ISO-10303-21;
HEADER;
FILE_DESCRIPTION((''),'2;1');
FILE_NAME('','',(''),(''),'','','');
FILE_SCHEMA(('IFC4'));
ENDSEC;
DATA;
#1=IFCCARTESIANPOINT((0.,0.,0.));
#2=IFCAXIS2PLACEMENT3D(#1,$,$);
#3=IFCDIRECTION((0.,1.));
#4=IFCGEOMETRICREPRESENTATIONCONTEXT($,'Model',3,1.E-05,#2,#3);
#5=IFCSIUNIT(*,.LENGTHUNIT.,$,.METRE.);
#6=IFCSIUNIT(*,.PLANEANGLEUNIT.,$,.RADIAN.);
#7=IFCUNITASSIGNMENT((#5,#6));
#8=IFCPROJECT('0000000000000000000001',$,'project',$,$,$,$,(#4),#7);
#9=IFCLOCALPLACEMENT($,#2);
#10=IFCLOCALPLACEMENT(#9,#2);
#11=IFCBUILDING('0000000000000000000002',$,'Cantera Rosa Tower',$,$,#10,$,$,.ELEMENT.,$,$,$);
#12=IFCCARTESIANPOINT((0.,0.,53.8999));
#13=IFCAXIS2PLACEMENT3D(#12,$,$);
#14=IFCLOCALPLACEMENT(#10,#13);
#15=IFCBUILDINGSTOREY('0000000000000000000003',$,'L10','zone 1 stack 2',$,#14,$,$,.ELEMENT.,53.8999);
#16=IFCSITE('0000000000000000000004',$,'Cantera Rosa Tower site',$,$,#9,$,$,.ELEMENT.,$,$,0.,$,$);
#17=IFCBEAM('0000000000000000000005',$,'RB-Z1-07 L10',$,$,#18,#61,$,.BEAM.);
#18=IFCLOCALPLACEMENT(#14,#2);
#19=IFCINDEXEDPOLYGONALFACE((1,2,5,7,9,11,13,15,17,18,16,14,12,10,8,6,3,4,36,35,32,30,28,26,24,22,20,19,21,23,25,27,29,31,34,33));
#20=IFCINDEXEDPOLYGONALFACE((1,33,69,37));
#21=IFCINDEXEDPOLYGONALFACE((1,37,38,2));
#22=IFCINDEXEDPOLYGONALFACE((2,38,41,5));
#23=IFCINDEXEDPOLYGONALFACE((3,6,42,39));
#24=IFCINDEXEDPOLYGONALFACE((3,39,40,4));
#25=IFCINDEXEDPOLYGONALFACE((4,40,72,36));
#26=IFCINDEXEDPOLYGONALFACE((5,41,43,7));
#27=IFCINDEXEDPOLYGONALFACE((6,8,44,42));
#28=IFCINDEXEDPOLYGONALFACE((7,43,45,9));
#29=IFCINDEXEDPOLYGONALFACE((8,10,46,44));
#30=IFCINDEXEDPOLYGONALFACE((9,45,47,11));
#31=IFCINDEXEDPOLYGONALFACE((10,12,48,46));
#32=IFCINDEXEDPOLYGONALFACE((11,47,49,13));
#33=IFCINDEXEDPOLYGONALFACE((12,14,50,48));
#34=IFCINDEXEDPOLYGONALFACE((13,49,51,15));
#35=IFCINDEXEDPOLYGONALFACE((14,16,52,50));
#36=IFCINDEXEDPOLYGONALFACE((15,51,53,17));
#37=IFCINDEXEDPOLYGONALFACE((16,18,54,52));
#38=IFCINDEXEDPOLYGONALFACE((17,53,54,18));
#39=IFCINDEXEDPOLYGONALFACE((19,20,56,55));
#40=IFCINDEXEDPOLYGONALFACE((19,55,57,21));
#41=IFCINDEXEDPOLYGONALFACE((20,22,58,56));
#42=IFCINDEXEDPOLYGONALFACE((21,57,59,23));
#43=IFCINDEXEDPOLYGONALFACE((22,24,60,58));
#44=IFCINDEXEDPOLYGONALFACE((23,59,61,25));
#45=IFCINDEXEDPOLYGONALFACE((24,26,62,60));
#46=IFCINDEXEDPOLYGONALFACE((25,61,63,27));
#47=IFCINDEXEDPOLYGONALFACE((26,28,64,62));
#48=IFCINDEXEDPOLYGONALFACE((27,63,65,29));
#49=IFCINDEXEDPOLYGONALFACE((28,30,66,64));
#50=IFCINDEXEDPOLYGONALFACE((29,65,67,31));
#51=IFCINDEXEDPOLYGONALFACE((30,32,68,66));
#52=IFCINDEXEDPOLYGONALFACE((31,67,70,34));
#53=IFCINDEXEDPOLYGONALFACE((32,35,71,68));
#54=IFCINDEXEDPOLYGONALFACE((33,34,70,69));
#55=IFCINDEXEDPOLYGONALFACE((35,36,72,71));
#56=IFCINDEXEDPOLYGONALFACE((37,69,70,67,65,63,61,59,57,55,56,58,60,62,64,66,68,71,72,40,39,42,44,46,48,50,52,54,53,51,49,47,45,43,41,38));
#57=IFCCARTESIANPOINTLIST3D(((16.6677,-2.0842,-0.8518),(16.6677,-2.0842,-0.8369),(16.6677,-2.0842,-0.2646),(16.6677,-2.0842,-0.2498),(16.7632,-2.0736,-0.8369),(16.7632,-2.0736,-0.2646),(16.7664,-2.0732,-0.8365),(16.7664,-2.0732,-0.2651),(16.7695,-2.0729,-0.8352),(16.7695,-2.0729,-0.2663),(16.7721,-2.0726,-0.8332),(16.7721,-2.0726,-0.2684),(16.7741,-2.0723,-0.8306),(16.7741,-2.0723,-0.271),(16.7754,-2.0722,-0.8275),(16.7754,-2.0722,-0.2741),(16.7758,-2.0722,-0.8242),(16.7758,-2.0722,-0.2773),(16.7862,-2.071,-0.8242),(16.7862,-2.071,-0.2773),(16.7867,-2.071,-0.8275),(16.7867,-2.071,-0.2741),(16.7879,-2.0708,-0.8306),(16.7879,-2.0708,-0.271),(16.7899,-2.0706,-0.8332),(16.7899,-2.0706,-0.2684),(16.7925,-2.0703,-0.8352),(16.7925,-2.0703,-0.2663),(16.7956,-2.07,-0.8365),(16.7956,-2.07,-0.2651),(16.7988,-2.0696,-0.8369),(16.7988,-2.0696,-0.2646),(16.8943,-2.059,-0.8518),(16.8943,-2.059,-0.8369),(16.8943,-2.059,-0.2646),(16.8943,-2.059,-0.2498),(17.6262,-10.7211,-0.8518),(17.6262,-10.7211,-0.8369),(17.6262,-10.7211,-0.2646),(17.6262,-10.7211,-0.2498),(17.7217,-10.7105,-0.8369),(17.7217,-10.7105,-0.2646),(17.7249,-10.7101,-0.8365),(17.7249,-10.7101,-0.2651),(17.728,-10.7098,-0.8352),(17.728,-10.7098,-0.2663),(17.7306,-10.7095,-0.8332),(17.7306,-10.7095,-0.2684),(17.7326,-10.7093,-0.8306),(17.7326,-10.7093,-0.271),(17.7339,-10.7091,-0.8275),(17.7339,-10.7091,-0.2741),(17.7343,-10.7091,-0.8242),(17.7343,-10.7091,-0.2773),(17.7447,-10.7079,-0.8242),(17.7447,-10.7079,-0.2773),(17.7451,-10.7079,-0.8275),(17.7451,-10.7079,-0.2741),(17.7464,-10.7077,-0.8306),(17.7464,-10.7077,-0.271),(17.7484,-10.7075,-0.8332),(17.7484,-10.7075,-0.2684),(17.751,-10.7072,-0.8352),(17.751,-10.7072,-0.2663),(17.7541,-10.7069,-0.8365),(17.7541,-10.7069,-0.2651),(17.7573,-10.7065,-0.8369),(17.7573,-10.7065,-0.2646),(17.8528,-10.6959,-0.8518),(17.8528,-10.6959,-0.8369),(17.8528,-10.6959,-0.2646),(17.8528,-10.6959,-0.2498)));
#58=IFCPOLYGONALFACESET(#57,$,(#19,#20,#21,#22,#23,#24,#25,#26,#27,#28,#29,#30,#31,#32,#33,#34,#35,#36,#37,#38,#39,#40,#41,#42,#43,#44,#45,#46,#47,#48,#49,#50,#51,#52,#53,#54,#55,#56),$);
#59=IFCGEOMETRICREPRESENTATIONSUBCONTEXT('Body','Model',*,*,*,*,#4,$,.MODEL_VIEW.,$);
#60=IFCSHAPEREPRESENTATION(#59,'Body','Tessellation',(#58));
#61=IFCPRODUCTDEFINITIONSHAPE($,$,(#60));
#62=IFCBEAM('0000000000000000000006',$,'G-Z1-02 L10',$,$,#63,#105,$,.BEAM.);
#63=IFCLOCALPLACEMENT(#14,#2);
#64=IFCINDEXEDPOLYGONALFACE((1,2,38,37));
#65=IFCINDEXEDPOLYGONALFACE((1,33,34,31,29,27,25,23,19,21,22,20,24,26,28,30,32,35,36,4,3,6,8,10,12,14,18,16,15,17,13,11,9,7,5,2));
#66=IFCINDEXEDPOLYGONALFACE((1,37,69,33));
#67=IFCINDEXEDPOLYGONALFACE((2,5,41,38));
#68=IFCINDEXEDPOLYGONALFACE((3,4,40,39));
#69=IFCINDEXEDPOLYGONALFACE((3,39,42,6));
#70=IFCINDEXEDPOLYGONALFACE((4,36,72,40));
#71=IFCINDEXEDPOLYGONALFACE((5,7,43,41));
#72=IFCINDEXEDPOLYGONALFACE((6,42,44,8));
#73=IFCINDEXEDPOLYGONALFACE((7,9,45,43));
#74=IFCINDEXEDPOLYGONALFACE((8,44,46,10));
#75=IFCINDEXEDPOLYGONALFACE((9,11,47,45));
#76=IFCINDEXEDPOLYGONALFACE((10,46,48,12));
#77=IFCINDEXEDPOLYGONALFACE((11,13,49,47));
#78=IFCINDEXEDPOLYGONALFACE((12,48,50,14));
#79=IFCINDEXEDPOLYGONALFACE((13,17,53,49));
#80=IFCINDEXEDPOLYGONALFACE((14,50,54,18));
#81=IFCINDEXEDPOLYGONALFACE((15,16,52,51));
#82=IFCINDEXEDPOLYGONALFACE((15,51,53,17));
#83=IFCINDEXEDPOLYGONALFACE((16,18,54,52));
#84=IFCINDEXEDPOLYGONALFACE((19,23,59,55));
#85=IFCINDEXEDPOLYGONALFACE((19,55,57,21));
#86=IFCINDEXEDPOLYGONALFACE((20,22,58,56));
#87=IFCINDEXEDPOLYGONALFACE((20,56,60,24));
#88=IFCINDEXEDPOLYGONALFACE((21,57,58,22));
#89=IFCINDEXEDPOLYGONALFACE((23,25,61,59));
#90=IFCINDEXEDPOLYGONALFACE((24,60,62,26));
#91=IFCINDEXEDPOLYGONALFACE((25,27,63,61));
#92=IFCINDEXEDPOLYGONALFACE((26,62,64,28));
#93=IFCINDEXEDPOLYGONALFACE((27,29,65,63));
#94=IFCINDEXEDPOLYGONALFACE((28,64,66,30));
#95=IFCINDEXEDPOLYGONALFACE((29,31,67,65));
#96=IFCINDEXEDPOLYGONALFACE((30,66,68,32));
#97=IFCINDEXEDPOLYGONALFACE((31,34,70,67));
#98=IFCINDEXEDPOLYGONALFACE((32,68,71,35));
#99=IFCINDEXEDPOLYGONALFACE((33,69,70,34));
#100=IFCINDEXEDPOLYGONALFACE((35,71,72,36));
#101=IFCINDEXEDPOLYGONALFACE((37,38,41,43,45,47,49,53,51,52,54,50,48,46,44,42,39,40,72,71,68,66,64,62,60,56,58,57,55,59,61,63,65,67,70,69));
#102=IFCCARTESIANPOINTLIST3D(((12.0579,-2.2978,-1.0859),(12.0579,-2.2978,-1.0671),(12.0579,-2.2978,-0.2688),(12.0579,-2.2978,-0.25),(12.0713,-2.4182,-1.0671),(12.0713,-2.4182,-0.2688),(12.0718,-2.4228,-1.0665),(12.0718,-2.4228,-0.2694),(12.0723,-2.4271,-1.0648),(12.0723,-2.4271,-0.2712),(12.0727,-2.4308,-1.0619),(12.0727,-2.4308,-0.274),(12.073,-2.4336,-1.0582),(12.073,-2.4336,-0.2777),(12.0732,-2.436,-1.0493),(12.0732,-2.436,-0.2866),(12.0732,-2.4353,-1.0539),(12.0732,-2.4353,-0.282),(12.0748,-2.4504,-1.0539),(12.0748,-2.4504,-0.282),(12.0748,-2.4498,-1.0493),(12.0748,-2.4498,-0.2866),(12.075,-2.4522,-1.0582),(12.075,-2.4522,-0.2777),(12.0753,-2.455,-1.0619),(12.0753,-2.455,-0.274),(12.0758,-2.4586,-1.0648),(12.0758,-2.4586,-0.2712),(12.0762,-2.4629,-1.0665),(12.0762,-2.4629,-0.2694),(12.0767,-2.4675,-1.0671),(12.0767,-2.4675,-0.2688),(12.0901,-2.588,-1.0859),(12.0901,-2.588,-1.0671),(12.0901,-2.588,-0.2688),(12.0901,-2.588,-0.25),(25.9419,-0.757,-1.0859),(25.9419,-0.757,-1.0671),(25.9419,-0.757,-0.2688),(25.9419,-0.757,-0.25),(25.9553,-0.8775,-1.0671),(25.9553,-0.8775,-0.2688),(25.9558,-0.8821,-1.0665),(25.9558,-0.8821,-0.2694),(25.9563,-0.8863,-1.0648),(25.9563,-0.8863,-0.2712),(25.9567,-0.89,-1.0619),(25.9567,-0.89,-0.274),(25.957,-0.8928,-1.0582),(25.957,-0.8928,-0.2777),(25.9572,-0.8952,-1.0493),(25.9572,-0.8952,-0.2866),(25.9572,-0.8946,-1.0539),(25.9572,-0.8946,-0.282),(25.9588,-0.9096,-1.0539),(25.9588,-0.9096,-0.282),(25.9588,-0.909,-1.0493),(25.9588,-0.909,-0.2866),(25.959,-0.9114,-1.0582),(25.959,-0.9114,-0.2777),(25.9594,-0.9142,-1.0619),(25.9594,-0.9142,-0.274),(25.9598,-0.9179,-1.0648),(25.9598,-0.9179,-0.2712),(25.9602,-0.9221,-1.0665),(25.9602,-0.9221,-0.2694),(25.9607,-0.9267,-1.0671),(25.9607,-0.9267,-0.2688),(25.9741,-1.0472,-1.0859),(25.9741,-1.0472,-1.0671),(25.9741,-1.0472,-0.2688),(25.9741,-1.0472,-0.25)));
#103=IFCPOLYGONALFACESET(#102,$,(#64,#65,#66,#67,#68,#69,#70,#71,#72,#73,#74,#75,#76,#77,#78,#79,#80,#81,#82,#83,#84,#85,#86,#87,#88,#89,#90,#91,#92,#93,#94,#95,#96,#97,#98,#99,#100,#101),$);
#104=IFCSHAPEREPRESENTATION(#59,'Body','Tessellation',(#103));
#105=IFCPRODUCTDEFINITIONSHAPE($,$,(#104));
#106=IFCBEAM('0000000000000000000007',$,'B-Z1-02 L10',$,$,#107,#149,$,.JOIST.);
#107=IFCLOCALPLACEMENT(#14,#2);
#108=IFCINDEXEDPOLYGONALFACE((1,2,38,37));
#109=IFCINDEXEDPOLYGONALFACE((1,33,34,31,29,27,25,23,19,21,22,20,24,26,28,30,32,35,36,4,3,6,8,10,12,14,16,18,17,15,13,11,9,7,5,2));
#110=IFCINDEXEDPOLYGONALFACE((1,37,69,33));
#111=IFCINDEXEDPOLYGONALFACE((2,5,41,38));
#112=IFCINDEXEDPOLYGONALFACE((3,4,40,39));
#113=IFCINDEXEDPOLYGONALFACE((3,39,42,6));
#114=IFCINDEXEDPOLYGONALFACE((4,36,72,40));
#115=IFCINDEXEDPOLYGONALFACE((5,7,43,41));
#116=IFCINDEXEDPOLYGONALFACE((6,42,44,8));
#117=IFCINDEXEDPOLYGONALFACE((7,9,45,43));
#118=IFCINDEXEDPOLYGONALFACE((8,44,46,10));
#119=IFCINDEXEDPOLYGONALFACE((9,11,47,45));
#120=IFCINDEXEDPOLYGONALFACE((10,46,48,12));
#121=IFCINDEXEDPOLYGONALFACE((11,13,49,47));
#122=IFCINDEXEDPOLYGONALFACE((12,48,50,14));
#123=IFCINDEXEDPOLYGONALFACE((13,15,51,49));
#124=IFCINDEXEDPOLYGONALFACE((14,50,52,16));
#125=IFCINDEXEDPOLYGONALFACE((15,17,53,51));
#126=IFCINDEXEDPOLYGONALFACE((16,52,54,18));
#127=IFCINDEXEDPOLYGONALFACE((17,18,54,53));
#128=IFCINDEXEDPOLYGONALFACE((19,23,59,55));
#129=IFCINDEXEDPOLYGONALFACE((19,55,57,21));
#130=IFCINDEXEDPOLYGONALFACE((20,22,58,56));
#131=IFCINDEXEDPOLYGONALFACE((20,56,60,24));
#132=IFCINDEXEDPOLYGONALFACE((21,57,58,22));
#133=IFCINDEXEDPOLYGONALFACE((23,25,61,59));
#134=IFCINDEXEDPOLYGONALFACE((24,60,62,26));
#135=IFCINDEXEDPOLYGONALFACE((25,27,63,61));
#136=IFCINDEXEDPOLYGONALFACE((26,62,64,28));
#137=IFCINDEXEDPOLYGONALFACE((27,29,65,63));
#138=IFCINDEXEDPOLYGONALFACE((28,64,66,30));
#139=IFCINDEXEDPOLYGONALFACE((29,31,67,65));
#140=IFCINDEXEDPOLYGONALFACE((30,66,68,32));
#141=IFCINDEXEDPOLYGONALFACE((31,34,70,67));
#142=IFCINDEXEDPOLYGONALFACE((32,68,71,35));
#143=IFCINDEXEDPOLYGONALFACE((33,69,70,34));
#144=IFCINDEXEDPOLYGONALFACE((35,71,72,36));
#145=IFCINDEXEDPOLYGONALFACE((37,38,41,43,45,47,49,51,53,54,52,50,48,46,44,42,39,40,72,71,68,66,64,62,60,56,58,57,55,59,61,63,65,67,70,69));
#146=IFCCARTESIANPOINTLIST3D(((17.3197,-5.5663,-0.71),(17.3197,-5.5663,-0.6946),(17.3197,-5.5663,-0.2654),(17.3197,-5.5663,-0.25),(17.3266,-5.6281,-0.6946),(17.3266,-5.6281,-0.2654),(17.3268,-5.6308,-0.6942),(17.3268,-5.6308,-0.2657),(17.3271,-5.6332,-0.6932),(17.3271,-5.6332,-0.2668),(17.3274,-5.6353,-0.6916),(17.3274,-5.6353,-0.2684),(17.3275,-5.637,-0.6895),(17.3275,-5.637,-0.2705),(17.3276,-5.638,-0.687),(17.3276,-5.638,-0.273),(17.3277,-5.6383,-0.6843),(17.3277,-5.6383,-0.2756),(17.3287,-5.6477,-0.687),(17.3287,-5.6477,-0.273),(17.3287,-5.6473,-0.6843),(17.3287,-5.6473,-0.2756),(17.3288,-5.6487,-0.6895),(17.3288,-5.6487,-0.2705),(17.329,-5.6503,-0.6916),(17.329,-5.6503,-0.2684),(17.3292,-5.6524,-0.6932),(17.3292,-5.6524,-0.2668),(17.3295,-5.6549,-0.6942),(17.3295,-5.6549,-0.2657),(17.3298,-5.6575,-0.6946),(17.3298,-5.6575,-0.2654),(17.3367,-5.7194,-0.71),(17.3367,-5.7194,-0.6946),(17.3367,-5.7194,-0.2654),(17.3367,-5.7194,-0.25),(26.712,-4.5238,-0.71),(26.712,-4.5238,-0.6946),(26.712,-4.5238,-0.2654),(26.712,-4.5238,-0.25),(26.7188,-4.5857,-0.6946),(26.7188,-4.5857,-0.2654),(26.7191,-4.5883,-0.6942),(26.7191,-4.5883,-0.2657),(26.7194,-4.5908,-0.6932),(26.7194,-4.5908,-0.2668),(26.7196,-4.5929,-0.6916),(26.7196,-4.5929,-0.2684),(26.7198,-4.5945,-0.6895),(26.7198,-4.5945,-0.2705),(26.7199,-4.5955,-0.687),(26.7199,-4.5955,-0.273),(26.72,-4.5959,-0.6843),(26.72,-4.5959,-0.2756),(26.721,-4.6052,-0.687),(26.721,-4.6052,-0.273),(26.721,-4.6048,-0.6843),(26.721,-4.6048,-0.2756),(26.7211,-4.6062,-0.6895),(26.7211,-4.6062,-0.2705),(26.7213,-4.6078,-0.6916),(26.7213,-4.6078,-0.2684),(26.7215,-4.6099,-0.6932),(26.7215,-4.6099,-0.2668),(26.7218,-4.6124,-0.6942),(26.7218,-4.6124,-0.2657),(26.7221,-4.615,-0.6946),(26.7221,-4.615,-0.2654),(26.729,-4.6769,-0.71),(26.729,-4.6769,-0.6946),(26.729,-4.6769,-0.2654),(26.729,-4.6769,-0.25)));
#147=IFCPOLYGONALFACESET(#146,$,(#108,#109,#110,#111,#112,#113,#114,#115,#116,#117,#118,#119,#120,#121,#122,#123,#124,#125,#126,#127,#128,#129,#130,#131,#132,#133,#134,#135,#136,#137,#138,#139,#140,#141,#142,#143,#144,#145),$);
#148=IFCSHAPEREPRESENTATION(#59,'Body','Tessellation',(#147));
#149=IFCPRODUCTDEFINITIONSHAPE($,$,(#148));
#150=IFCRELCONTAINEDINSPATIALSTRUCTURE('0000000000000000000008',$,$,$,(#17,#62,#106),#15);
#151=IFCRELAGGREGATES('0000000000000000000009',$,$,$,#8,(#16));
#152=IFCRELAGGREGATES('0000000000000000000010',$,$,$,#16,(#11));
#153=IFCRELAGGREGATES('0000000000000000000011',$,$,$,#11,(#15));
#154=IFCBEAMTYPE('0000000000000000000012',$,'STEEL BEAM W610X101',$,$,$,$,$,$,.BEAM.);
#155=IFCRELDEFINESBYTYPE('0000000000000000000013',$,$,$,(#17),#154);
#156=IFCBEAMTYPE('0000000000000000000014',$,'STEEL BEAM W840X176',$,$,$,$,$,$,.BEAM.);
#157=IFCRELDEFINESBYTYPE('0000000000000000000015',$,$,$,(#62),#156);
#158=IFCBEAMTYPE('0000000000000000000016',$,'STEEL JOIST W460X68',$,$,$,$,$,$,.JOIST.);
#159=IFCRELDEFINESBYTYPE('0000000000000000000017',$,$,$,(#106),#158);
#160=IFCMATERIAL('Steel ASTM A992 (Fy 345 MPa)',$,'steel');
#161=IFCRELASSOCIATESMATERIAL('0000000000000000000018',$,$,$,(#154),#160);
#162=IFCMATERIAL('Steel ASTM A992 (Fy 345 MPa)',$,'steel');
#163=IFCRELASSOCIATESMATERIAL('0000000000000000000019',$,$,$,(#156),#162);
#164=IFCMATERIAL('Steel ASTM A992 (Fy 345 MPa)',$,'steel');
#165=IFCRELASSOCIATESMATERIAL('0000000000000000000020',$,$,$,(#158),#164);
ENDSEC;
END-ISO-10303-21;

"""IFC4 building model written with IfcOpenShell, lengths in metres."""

from ifc_helpers import new_model, si_unit, direction, frame, origin, origin_2d, place, context, subcontext, project, spatial, i_section, extrude, material, material_profile, profile_set, type_object, element, save


model = new_model("IFC4")

# Units and contexts
model_context = context("Model", 3, precision=1e-05, world=origin(), true_north=direction((0.0, 1.0)))
body_context = subcontext(model_context, "Body", "Model", "MODEL_VIEW")
ifc_project = project(units=[si_unit("LENGTHUNIT", "METRE"), si_unit("PLANEANGLEUNIT", "RADIAN")], contexts=[model_context])

# Site, building, storey
site_placement = place(None, origin())
site = spatial("IfcSite", under=ifc_project, at=site_placement, Name="Cantera Rosa Tower site", CompositionType="ELEMENT", RefElevation=0.0)
building_placement = place(site_placement, origin())
building = spatial("IfcBuilding", under=site, at=building_placement, Name="Cantera Rosa Tower", CompositionType="ELEMENT")
storey_placement = place(building_placement, frame((0.0, 0.0, 53.8999)))
storey = spatial("IfcBuildingStorey", under=building, at=storey_placement, Name="L10", Description="zone 1 stack 2", CompositionType="ELEMENT", Elevation=53.8999)

# Beams
ifc_material_1 = material(Name="Steel ASTM A992 (Fy 345 MPa)", Category="steel")
ifc_material_profile_1 = material_profile(ifc_material_1, i_section(OverallWidth=0.228, OverallDepth=0.6021, WebThickness=0.0105, FlangeThickness=0.0149, FilletRadius=0.0127, at=origin_2d()), Name="W610X101")
ifc_profile_set_1 = profile_set([ifc_material_profile_1], Name="Steel ASTM A992 (Fy 345 MPa)")
beam_type_1 = type_object("IfcBeamType", Name="STEEL BEAM W610X101", PredefinedType="BEAM", material=ifc_profile_set_1)
beam_1_placement = place(storey_placement, frame((17.7395, -10.7085, -0.5508), z_axis=(-0.110299, 0.993898, 0.0), x_axis=(-0.993898, -0.110299, 0.0)))
element("IfcBeam", 1, at=beam_1_placement, inside=storey, type_object=beam_type_1, Name="RB-Z1-07 L10", PredefinedType="BEAM", context=body_context, shape_type="SweptSolid", body=[
    extrude(i_section(OverallWidth=0.228, OverallDepth=0.6021, WebThickness=0.0105, FlangeThickness=0.0149, FilletRadius=0.0127, at=origin_2d()), origin(), (0.0, 0.0, 1.0), 8.6899),
])
ifc_material_2 = material(Name="Steel ASTM A992 (Fy 345 MPa)", Category="steel")
ifc_material_profile_2 = material_profile(ifc_material_2, i_section(OverallWidth=0.292, OverallDepth=0.8359, WebThickness=0.0139, FlangeThickness=0.0188, FilletRadius=0.0178, at=origin_2d()), Name="W840X176")
ifc_profile_set_2 = profile_set([ifc_material_profile_2], Name="Steel ASTM A992 (Fy 345 MPa)")
beam_type_2 = type_object("IfcBeamType", Name="STEEL BEAM W840X176", PredefinedType="BEAM", material=ifc_profile_set_2)
beam_2_placement = place(storey_placement, frame((25.958, -0.9021, -0.668), z_axis=(-0.993899, -0.110297, 0.0), x_axis=(0.110297, -0.993899, 0.0)))
element("IfcBeam", 2, at=beam_2_placement, inside=storey, type_object=beam_type_2, Name="G-Z1-02 L10", PredefinedType="BEAM", context=body_context, shape_type="SweptSolid", body=[
    extrude(i_section(OverallWidth=0.292, OverallDepth=0.8359, WebThickness=0.0139, FlangeThickness=0.0188, FilletRadius=0.0178, at=origin_2d()), origin(), (0.0, 0.0, 1.0), 13.9692),
])
ifc_material_3 = material(Name="Steel ASTM A992 (Fy 345 MPa)", Category="steel")
ifc_material_profile_3 = material_profile(ifc_material_3, i_section(OverallWidth=0.1541, OverallDepth=0.46, WebThickness=0.009, FlangeThickness=0.0154, FilletRadius=0.0103, at=origin_2d()), Name="W460X68")
ifc_profile_set_3 = profile_set([ifc_material_profile_3], Name="Steel ASTM A992 (Fy 345 MPa)")
beam_type_3 = type_object("IfcBeamType", Name="STEEL JOIST W460X68", PredefinedType="JOIST", material=ifc_profile_set_3)
beam_3_placement = place(storey_placement, frame((26.7205, -4.6003, -0.48), z_axis=(-0.993897, -0.110315, 0.0), x_axis=(0.110315, -0.993897, 0.0)))
element("IfcBeam", 3, at=beam_3_placement, inside=storey, type_object=beam_type_3, Name="B-Z1-02 L10", PredefinedType="JOIST", context=body_context, shape_type="SweptSolid", body=[
    extrude(i_section(OverallWidth=0.1541, OverallDepth=0.46, WebThickness=0.009, FlangeThickness=0.0154, FilletRadius=0.0103, at=origin_2d()), origin(), (0.0, 0.0, 1.0), 9.45),
])

save(model, "model.ifc")
